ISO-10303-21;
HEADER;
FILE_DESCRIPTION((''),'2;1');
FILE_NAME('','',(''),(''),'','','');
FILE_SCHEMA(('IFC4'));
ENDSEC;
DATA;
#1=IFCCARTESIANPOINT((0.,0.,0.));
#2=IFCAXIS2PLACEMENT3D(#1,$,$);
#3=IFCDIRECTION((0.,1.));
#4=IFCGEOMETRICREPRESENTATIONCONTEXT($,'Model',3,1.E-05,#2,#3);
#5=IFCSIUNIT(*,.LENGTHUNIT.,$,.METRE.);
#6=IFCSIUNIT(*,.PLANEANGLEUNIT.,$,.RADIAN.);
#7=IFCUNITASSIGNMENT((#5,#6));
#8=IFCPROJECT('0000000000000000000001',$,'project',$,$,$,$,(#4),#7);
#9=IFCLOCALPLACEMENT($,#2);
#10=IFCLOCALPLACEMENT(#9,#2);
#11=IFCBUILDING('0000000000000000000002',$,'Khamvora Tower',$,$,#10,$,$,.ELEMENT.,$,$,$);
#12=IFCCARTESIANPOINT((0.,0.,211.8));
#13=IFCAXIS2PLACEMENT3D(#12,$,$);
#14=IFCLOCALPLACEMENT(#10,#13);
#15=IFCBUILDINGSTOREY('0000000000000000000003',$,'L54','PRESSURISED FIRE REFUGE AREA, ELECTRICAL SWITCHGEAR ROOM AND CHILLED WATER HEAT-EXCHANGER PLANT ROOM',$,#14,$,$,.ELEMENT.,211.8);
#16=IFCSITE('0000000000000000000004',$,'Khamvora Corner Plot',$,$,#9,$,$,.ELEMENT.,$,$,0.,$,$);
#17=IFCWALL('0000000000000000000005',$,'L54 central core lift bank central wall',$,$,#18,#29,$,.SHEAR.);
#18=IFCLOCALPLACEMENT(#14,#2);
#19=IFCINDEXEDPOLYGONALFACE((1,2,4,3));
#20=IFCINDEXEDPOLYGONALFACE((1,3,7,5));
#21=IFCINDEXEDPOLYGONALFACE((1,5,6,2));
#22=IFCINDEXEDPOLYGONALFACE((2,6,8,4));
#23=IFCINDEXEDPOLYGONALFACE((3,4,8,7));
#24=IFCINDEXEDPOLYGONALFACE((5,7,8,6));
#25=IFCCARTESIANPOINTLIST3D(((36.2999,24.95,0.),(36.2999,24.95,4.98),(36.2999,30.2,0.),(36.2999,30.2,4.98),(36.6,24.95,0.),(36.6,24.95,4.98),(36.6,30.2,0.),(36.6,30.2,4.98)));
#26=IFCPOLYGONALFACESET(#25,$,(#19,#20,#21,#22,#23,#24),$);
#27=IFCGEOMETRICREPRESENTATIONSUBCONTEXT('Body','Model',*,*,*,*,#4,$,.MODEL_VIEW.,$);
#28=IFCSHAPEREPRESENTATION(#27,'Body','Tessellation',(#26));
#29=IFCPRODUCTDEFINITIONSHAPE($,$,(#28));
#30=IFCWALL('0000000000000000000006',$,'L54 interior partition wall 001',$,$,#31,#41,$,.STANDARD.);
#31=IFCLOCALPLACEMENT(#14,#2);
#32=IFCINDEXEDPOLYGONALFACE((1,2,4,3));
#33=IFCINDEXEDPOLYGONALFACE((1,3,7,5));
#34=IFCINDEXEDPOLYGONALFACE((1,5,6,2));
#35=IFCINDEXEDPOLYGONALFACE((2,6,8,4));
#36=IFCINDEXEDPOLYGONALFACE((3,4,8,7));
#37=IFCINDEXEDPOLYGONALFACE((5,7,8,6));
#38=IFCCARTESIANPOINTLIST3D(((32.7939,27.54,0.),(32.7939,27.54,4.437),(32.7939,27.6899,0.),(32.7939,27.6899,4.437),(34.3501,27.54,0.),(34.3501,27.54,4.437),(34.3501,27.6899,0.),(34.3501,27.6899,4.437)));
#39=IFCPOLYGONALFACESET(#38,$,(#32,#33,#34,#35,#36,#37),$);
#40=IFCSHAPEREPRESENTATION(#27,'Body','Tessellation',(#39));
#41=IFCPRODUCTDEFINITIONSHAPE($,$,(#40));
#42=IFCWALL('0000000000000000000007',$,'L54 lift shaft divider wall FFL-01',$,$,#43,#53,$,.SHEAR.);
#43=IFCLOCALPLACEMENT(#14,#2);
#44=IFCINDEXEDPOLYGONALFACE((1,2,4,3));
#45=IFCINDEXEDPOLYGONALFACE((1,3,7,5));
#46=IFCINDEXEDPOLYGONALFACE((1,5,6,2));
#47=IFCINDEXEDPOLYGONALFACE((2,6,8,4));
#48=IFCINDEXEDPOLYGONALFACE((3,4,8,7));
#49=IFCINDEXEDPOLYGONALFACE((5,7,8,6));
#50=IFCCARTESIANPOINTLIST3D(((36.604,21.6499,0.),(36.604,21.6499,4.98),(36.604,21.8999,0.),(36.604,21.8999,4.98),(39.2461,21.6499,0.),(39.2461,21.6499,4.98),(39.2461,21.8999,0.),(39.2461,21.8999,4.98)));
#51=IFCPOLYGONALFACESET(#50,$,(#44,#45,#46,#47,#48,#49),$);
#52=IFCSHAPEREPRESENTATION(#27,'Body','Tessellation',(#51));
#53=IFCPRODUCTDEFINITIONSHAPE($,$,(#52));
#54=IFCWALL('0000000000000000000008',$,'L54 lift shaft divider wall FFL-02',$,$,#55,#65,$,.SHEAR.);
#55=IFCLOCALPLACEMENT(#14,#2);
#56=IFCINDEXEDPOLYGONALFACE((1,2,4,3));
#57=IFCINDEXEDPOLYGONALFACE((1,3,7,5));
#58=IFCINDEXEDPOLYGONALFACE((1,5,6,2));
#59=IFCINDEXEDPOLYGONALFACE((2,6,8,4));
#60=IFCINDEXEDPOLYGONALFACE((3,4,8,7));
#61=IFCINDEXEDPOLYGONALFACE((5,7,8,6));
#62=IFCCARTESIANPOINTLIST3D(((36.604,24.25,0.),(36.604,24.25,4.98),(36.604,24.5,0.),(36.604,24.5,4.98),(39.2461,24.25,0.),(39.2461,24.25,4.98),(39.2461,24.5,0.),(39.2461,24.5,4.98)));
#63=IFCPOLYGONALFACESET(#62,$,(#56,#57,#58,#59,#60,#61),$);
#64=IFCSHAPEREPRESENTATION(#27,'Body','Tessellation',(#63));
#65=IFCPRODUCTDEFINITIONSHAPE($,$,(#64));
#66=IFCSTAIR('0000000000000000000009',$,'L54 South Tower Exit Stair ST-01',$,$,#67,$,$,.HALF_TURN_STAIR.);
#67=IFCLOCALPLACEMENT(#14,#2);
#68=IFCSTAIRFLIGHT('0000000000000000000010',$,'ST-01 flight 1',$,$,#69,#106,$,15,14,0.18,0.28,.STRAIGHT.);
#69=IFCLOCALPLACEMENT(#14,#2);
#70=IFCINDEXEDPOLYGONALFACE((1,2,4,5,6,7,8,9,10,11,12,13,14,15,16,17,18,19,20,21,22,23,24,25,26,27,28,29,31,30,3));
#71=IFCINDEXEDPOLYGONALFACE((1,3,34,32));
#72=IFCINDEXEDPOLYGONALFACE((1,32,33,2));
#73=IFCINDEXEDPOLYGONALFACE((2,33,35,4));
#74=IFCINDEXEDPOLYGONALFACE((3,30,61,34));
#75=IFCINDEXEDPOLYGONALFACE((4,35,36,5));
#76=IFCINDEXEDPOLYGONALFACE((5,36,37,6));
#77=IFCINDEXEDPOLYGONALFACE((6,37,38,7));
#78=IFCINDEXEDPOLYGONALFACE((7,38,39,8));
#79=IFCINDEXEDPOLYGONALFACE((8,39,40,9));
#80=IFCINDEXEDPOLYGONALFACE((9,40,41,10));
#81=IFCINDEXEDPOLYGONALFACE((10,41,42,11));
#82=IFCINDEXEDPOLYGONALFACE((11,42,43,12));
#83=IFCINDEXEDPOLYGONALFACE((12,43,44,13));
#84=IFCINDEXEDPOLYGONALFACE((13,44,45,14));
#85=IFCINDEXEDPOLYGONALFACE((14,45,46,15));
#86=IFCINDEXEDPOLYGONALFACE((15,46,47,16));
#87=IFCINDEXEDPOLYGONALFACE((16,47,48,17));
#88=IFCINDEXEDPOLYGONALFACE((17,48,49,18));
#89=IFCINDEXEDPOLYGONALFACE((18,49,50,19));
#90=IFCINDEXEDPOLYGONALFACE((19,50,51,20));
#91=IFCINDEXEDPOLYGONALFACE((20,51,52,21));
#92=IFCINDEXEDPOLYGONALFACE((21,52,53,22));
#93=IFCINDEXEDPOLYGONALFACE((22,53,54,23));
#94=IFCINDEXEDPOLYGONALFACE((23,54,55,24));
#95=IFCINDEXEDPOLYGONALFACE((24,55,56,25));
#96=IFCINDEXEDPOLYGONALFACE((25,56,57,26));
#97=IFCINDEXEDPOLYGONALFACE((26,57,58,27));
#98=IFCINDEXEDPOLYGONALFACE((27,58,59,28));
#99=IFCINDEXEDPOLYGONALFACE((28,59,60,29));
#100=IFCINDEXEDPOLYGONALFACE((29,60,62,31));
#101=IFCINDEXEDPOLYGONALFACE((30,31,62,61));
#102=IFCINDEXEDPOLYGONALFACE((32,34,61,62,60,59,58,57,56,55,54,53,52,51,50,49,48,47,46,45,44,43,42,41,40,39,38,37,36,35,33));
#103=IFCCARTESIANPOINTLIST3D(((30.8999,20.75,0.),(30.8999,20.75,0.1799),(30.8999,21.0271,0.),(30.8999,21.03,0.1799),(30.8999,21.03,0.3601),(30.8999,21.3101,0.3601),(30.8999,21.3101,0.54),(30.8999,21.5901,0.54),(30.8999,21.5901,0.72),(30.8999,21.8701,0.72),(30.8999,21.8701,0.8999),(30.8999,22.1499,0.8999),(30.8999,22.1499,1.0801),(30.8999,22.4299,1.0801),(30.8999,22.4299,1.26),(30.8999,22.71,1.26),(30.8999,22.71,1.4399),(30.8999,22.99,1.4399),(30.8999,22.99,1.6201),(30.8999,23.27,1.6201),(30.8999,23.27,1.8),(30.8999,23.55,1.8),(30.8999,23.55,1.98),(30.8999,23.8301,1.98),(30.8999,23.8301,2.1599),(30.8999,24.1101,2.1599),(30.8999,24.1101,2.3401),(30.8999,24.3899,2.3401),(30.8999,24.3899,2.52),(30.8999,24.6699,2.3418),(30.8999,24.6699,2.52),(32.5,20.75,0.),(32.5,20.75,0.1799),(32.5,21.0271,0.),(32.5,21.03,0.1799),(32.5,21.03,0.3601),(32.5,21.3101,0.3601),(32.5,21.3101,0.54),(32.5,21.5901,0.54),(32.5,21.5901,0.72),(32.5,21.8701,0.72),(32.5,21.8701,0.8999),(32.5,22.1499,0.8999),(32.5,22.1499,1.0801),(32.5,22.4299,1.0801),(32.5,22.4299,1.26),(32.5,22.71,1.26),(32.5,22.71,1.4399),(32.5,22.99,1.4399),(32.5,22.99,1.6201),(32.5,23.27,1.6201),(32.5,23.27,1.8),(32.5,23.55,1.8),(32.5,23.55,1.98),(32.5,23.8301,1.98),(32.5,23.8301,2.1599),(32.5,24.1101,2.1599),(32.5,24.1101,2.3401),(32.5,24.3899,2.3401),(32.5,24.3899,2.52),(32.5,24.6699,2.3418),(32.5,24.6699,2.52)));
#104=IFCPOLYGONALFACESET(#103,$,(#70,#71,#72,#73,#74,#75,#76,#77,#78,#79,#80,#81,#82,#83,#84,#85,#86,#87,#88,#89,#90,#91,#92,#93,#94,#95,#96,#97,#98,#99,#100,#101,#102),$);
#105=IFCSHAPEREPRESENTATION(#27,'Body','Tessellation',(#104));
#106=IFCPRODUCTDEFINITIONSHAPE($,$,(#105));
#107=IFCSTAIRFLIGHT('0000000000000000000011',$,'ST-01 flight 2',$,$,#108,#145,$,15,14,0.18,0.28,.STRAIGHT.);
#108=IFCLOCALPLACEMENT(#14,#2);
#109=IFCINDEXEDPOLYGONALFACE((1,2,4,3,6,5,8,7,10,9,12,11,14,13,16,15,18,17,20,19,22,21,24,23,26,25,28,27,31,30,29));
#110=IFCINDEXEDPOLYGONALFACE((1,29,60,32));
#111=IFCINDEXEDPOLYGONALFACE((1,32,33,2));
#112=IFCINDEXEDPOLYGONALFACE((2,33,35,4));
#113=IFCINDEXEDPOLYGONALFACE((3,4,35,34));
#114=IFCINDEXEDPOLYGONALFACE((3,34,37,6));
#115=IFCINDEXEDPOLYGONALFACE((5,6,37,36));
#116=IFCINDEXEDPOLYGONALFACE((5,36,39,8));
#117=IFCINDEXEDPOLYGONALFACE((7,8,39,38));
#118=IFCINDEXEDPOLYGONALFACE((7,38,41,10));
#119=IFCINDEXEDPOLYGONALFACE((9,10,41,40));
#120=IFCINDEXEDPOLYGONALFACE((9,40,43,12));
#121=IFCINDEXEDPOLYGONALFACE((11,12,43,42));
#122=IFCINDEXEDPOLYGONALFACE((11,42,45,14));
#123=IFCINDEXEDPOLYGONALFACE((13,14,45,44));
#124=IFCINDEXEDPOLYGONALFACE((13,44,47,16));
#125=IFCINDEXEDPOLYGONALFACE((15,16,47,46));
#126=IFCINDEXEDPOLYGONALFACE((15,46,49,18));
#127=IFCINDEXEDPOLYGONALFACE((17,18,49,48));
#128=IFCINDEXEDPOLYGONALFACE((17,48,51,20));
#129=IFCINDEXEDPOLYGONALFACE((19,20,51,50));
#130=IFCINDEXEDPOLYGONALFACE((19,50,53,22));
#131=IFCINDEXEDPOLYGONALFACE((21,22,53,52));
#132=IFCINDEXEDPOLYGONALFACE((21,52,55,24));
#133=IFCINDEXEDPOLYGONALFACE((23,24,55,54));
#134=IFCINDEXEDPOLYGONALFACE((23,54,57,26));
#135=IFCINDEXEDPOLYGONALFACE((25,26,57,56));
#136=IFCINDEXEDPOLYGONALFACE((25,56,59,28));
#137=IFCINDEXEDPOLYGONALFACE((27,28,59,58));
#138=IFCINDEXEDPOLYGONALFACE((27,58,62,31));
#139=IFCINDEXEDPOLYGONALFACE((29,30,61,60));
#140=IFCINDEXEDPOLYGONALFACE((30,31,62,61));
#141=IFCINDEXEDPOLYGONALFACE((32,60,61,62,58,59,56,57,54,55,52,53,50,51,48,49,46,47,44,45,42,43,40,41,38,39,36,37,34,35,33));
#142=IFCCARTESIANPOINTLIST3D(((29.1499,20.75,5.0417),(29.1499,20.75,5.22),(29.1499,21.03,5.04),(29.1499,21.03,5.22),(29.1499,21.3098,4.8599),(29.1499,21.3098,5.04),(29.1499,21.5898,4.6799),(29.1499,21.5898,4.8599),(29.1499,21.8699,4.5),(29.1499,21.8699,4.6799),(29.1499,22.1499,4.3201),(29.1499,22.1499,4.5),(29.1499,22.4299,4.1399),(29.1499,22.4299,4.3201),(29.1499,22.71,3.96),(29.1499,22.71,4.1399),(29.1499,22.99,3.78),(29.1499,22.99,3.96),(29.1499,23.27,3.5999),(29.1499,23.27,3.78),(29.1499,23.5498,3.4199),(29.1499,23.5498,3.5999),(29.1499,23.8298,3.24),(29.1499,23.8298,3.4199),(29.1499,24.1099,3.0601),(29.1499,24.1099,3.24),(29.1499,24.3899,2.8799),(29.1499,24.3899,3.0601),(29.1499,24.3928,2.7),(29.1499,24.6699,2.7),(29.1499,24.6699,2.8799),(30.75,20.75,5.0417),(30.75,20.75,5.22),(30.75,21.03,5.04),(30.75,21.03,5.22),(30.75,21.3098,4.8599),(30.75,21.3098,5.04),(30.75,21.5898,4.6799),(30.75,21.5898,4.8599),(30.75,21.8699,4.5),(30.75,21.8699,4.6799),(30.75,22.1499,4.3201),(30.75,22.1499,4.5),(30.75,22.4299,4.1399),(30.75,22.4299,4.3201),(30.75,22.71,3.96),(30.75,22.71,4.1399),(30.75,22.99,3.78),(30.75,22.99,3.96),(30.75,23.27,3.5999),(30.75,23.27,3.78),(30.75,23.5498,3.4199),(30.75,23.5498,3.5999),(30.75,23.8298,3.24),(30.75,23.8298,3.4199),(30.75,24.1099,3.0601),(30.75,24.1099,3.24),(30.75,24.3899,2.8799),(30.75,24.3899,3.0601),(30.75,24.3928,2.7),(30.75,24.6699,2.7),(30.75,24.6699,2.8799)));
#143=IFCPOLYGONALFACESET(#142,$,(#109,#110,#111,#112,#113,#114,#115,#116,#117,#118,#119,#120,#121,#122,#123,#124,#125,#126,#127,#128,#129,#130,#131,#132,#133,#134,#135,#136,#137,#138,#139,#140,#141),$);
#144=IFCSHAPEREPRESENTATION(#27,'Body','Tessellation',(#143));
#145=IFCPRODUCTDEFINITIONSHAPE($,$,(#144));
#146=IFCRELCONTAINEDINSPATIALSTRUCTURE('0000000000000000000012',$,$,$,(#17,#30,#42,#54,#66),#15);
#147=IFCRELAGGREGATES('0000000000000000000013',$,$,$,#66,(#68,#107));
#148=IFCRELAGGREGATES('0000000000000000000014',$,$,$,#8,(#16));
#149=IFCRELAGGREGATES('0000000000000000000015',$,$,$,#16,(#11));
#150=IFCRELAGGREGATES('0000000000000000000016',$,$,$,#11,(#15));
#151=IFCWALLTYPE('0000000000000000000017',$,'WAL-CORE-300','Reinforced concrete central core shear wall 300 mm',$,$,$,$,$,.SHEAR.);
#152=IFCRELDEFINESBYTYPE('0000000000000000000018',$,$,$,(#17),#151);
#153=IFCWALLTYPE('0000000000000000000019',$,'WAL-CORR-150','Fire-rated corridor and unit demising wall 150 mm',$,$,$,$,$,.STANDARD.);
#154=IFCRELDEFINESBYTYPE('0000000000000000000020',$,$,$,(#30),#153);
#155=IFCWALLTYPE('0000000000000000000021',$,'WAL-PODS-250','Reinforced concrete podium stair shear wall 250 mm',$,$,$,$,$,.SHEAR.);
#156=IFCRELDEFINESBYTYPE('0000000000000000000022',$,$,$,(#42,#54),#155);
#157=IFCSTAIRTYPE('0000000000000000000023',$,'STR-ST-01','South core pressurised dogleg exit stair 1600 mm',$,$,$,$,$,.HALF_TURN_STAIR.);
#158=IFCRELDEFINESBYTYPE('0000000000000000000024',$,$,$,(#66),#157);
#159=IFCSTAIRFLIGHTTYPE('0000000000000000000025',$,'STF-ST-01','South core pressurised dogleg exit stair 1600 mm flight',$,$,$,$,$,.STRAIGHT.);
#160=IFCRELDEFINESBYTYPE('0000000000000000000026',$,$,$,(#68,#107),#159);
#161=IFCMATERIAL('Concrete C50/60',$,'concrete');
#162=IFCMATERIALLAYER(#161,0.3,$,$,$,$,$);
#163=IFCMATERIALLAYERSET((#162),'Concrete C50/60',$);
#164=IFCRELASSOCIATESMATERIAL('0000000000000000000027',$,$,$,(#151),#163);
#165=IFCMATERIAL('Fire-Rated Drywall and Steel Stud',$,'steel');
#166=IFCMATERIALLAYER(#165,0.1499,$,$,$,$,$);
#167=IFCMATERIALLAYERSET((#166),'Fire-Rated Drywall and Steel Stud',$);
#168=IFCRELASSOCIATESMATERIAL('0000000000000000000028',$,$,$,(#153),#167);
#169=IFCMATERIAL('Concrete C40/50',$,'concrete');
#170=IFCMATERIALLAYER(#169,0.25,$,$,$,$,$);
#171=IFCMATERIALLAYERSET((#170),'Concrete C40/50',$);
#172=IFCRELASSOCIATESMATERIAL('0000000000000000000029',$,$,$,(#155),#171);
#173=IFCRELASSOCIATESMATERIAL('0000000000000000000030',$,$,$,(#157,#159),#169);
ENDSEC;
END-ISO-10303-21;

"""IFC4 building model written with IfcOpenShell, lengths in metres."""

from ifc_helpers import new_model, si_unit, direction, frame, frame_2d, origin, place, context, subcontext, project, spatial, polyline, rectangle, outline, extrude, material, layer, layer_set, type_object, element, aggregate, save


model = new_model("IFC4")

# Units and contexts
model_context = context("Model", 3, precision=1e-05, world=origin(), true_north=direction((0.0, 1.0)))
body_context = subcontext(model_context, "Body", "Model", "MODEL_VIEW")
ifc_project = project(units=[si_unit("LENGTHUNIT", "METRE"), si_unit("PLANEANGLEUNIT", "RADIAN")], contexts=[model_context])

# Site, building, storey
site_placement = place(None, origin())
site = spatial("IfcSite", under=ifc_project, at=site_placement, Name="Khamvora Corner Plot", CompositionType="ELEMENT", RefElevation=0.0)
building_placement = place(site_placement, origin())
building = spatial("IfcBuilding", under=site, at=building_placement, Name="Khamvora Tower", CompositionType="ELEMENT")
storey_placement = place(building_placement, frame((0.0, 0.0, 211.8)))
storey = spatial("IfcBuildingStorey", under=building, at=storey_placement, Name="L54", Description="PRESSURISED FIRE REFUGE AREA, ELECTRICAL SWITCHGEAR ROOM AND CHILLED WATER HEAT-EXCHANGER PLANT ROOM", CompositionType="ELEMENT", Elevation=211.8)

# Shared definitions
ifc_material_1 = material(Name="Concrete C50/60", Category="concrete")
ifc_layer_1 = layer(ifc_material_1, 0.3)
ifc_layer_set_1 = layer_set([ifc_layer_1], Name="Concrete C50/60")
wall_type_1 = type_object("IfcWallType", Name="WAL-CORE-300", Description="Reinforced concrete central core shear wall 300 mm", PredefinedType="SHEAR", material=ifc_layer_set_1)

# Walls
wall_1_placement = place(storey_placement, frame((36.45, 24.95, 0.0), z_axis=(0.0, 0.0, 1.0), x_axis=(0.0, 1.0, 0.0)))
element("IfcWall", 1, at=wall_1_placement, inside=storey, type_object=wall_type_1, Name="L54 central core lift bank central wall", PredefinedType="SHEAR", context=body_context, shape_type="SweptSolid", body=[
    extrude(rectangle(XDim=5.25, YDim=0.3, at=frame_2d((2.625, 0.0))), origin(), (0.0, 0.0, 1.0), 4.98),
])
ifc_material_2 = material(Name="Fire-Rated Drywall and Steel Stud", Category="steel")
ifc_layer_2 = layer(ifc_material_2, 0.1499)
ifc_layer_set_2 = layer_set([ifc_layer_2], Name="Fire-Rated Drywall and Steel Stud")
wall_type_2 = type_object("IfcWallType", Name="WAL-CORR-150", Description="Fire-rated corridor and unit demising wall 150 mm", PredefinedType="STANDARD", material=ifc_layer_set_2)
wall_2_placement = place(storey_placement, frame((32.7939, 27.615, 0.0), z_axis=(0.0, 0.0, 1.0), x_axis=(1.0, 0.0, 0.0)))
element("IfcWall", 2, at=wall_2_placement, inside=storey, type_object=wall_type_2, Name="L54 interior partition wall 001", PredefinedType="STANDARD", context=body_context, shape_type="SweptSolid", body=[
    extrude(rectangle(XDim=1.5562, YDim=0.1499, at=frame_2d((0.7781, 0.0))), origin(), (0.0, 0.0, 1.0), 4.437),
])

# Walls
ifc_material_3 = material(Name="Concrete C40/50", Category="concrete")
ifc_layer_3 = layer(ifc_material_3, 0.25)
ifc_layer_set_3 = layer_set([ifc_layer_3], Name="Concrete C40/50")
wall_type_3 = type_object("IfcWallType", Name="WAL-PODS-250", Description="Reinforced concrete podium stair shear wall 250 mm", PredefinedType="SHEAR", material=ifc_layer_set_3)
for number, where, z_axis, x_axis, name in (
    (3, (36.604, 21.7749, 0.0), (0.0, 0.0, 1.0), (1.0, 0.0, 0.0), "L54 lift shaft divider wall FFL-01"),
    (4, (36.604, 24.375, 0.0), (0.0, 0.0, 1.0), (1.0, 0.0, 0.0), "L54 lift shaft divider wall FFL-02"),
):
    element("IfcWall", number, at=place(storey_placement, frame(where, z_axis=z_axis, x_axis=x_axis)), inside=storey, type_object=wall_type_3, Name=name, PredefinedType="SHEAR", context=body_context, shape_type="SweptSolid", body=[
        extrude(rectangle(XDim=2.6421, YDim=0.25, at=frame_2d((1.321, 0.0))), origin(), (0.0, 0.0, 1.0), 4.98),
    ])

# Stair, stair flights
stair_type = type_object("IfcStairType", Name="STR-ST-01", Description="South core pressurised dogleg exit stair 1600 mm", PredefinedType="HALF_TURN_STAIR", material=ifc_material_3)
stair_placement = place(storey_placement, origin())
stair = element("IfcStair", 5, at=stair_placement, inside=storey, type_object=stair_type, Name="L54 South Tower Exit Stair ST-01", PredefinedType="HALF_TURN_STAIR")
stair_flight_type = type_object("IfcStairFlightType", Name="STF-ST-01", Description="South core pressurised dogleg exit stair 1600 mm flight", PredefinedType="STRAIGHT", material=ifc_material_3)
stair_flight_1_placement = place(storey_placement, frame((31.7, 20.75, 0.0), z_axis=(0.0, 0.0, 1.0), x_axis=(0.0, 1.0, 0.0)))
stair_flight_1 = element("IfcStairFlight", 6, at=stair_flight_1_placement, type_object=stair_flight_type, Name="ST-01 flight 1", NumberOfRisers=15, NumberOfTreads=14, PredefinedType="STRAIGHT", RiserHeight=0.18, TreadLength=0.28, context=body_context, shape_type="SweptSolid", body=[
    extrude(outline(polyline([(0.0, 0.0), (0.0, 0.1799), (0.28, 0.1799), (0.28, 0.3601), (0.5601, 0.3601), (0.5601, 0.54), (0.8401, 0.54), (0.8401, 0.72), (1.1201, 0.72), (1.1201, 0.8999), (1.3999, 0.8999), (1.3999, 1.0801), (1.6799, 1.0801), (1.6799, 1.26), (1.96, 1.26), (1.96, 1.4399), (2.24, 1.4399), (2.24, 1.6201), (2.52, 1.6201), (2.52, 1.8), (2.8, 1.8), (2.8, 1.98), (3.0801, 1.98), (3.0801, 2.1599), (3.3601, 2.1599), (3.3601, 2.3401), (3.6399, 2.3401), (3.6399, 2.52), (3.9199, 2.52), (3.9199, 2.7), (3.9199, 2.3418), (0.2771, 0.0), (0.0, 0.0)])), frame((0.0, 0.8, 0.0), z_axis=(0.0, -1.0, 0.0), x_axis=(1.0, 0.0, 0.0)), (0.0, 0.0, 1.0), 1.6001),
])
stair_flight_2_placement = place(storey_placement, frame((29.95, 24.6699, 2.7), z_axis=(0.0, 0.0, 1.0), x_axis=(0.0, -1.0, 0.0)))
stair_flight_2 = element("IfcStairFlight", 7, at=stair_flight_2_placement, type_object=stair_flight_type, Name="ST-01 flight 2", NumberOfRisers=15, NumberOfTreads=14, PredefinedType="STRAIGHT", RiserHeight=0.18, TreadLength=0.28, context=body_context, shape_type="SweptSolid", body=[
    extrude(outline(polyline([(0.0, 0.0), (0.0, 0.1799), (0.28, 0.1799), (0.28, 0.3601), (0.5601, 0.3601), (0.5601, 0.54), (0.8401, 0.54), (0.8401, 0.72), (1.1201, 0.72), (1.1201, 0.8999), (1.3999, 0.8999), (1.3999, 1.0801), (1.6799, 1.0801), (1.6799, 1.26), (1.96, 1.26), (1.96, 1.4399), (2.24, 1.4399), (2.24, 1.6201), (2.52, 1.6201), (2.52, 1.8), (2.8, 1.8), (2.8, 1.98), (3.0801, 1.98), (3.0801, 2.1599), (3.3601, 2.1599), (3.3601, 2.3401), (3.6399, 2.3401), (3.6399, 2.52), (3.9199, 2.52), (3.9199, 2.7), (3.9199, 2.3418), (0.2771, 0.0), (0.0, 0.0)])), frame((0.0, 0.8, 0.0), z_axis=(0.0, -1.0, 0.0), x_axis=(1.0, 0.0, 0.0)), (0.0, 0.0, 1.0), 1.6001),
])
aggregate(stair, [stair_flight_1, stair_flight_2])

save(model, "model.ifc")
